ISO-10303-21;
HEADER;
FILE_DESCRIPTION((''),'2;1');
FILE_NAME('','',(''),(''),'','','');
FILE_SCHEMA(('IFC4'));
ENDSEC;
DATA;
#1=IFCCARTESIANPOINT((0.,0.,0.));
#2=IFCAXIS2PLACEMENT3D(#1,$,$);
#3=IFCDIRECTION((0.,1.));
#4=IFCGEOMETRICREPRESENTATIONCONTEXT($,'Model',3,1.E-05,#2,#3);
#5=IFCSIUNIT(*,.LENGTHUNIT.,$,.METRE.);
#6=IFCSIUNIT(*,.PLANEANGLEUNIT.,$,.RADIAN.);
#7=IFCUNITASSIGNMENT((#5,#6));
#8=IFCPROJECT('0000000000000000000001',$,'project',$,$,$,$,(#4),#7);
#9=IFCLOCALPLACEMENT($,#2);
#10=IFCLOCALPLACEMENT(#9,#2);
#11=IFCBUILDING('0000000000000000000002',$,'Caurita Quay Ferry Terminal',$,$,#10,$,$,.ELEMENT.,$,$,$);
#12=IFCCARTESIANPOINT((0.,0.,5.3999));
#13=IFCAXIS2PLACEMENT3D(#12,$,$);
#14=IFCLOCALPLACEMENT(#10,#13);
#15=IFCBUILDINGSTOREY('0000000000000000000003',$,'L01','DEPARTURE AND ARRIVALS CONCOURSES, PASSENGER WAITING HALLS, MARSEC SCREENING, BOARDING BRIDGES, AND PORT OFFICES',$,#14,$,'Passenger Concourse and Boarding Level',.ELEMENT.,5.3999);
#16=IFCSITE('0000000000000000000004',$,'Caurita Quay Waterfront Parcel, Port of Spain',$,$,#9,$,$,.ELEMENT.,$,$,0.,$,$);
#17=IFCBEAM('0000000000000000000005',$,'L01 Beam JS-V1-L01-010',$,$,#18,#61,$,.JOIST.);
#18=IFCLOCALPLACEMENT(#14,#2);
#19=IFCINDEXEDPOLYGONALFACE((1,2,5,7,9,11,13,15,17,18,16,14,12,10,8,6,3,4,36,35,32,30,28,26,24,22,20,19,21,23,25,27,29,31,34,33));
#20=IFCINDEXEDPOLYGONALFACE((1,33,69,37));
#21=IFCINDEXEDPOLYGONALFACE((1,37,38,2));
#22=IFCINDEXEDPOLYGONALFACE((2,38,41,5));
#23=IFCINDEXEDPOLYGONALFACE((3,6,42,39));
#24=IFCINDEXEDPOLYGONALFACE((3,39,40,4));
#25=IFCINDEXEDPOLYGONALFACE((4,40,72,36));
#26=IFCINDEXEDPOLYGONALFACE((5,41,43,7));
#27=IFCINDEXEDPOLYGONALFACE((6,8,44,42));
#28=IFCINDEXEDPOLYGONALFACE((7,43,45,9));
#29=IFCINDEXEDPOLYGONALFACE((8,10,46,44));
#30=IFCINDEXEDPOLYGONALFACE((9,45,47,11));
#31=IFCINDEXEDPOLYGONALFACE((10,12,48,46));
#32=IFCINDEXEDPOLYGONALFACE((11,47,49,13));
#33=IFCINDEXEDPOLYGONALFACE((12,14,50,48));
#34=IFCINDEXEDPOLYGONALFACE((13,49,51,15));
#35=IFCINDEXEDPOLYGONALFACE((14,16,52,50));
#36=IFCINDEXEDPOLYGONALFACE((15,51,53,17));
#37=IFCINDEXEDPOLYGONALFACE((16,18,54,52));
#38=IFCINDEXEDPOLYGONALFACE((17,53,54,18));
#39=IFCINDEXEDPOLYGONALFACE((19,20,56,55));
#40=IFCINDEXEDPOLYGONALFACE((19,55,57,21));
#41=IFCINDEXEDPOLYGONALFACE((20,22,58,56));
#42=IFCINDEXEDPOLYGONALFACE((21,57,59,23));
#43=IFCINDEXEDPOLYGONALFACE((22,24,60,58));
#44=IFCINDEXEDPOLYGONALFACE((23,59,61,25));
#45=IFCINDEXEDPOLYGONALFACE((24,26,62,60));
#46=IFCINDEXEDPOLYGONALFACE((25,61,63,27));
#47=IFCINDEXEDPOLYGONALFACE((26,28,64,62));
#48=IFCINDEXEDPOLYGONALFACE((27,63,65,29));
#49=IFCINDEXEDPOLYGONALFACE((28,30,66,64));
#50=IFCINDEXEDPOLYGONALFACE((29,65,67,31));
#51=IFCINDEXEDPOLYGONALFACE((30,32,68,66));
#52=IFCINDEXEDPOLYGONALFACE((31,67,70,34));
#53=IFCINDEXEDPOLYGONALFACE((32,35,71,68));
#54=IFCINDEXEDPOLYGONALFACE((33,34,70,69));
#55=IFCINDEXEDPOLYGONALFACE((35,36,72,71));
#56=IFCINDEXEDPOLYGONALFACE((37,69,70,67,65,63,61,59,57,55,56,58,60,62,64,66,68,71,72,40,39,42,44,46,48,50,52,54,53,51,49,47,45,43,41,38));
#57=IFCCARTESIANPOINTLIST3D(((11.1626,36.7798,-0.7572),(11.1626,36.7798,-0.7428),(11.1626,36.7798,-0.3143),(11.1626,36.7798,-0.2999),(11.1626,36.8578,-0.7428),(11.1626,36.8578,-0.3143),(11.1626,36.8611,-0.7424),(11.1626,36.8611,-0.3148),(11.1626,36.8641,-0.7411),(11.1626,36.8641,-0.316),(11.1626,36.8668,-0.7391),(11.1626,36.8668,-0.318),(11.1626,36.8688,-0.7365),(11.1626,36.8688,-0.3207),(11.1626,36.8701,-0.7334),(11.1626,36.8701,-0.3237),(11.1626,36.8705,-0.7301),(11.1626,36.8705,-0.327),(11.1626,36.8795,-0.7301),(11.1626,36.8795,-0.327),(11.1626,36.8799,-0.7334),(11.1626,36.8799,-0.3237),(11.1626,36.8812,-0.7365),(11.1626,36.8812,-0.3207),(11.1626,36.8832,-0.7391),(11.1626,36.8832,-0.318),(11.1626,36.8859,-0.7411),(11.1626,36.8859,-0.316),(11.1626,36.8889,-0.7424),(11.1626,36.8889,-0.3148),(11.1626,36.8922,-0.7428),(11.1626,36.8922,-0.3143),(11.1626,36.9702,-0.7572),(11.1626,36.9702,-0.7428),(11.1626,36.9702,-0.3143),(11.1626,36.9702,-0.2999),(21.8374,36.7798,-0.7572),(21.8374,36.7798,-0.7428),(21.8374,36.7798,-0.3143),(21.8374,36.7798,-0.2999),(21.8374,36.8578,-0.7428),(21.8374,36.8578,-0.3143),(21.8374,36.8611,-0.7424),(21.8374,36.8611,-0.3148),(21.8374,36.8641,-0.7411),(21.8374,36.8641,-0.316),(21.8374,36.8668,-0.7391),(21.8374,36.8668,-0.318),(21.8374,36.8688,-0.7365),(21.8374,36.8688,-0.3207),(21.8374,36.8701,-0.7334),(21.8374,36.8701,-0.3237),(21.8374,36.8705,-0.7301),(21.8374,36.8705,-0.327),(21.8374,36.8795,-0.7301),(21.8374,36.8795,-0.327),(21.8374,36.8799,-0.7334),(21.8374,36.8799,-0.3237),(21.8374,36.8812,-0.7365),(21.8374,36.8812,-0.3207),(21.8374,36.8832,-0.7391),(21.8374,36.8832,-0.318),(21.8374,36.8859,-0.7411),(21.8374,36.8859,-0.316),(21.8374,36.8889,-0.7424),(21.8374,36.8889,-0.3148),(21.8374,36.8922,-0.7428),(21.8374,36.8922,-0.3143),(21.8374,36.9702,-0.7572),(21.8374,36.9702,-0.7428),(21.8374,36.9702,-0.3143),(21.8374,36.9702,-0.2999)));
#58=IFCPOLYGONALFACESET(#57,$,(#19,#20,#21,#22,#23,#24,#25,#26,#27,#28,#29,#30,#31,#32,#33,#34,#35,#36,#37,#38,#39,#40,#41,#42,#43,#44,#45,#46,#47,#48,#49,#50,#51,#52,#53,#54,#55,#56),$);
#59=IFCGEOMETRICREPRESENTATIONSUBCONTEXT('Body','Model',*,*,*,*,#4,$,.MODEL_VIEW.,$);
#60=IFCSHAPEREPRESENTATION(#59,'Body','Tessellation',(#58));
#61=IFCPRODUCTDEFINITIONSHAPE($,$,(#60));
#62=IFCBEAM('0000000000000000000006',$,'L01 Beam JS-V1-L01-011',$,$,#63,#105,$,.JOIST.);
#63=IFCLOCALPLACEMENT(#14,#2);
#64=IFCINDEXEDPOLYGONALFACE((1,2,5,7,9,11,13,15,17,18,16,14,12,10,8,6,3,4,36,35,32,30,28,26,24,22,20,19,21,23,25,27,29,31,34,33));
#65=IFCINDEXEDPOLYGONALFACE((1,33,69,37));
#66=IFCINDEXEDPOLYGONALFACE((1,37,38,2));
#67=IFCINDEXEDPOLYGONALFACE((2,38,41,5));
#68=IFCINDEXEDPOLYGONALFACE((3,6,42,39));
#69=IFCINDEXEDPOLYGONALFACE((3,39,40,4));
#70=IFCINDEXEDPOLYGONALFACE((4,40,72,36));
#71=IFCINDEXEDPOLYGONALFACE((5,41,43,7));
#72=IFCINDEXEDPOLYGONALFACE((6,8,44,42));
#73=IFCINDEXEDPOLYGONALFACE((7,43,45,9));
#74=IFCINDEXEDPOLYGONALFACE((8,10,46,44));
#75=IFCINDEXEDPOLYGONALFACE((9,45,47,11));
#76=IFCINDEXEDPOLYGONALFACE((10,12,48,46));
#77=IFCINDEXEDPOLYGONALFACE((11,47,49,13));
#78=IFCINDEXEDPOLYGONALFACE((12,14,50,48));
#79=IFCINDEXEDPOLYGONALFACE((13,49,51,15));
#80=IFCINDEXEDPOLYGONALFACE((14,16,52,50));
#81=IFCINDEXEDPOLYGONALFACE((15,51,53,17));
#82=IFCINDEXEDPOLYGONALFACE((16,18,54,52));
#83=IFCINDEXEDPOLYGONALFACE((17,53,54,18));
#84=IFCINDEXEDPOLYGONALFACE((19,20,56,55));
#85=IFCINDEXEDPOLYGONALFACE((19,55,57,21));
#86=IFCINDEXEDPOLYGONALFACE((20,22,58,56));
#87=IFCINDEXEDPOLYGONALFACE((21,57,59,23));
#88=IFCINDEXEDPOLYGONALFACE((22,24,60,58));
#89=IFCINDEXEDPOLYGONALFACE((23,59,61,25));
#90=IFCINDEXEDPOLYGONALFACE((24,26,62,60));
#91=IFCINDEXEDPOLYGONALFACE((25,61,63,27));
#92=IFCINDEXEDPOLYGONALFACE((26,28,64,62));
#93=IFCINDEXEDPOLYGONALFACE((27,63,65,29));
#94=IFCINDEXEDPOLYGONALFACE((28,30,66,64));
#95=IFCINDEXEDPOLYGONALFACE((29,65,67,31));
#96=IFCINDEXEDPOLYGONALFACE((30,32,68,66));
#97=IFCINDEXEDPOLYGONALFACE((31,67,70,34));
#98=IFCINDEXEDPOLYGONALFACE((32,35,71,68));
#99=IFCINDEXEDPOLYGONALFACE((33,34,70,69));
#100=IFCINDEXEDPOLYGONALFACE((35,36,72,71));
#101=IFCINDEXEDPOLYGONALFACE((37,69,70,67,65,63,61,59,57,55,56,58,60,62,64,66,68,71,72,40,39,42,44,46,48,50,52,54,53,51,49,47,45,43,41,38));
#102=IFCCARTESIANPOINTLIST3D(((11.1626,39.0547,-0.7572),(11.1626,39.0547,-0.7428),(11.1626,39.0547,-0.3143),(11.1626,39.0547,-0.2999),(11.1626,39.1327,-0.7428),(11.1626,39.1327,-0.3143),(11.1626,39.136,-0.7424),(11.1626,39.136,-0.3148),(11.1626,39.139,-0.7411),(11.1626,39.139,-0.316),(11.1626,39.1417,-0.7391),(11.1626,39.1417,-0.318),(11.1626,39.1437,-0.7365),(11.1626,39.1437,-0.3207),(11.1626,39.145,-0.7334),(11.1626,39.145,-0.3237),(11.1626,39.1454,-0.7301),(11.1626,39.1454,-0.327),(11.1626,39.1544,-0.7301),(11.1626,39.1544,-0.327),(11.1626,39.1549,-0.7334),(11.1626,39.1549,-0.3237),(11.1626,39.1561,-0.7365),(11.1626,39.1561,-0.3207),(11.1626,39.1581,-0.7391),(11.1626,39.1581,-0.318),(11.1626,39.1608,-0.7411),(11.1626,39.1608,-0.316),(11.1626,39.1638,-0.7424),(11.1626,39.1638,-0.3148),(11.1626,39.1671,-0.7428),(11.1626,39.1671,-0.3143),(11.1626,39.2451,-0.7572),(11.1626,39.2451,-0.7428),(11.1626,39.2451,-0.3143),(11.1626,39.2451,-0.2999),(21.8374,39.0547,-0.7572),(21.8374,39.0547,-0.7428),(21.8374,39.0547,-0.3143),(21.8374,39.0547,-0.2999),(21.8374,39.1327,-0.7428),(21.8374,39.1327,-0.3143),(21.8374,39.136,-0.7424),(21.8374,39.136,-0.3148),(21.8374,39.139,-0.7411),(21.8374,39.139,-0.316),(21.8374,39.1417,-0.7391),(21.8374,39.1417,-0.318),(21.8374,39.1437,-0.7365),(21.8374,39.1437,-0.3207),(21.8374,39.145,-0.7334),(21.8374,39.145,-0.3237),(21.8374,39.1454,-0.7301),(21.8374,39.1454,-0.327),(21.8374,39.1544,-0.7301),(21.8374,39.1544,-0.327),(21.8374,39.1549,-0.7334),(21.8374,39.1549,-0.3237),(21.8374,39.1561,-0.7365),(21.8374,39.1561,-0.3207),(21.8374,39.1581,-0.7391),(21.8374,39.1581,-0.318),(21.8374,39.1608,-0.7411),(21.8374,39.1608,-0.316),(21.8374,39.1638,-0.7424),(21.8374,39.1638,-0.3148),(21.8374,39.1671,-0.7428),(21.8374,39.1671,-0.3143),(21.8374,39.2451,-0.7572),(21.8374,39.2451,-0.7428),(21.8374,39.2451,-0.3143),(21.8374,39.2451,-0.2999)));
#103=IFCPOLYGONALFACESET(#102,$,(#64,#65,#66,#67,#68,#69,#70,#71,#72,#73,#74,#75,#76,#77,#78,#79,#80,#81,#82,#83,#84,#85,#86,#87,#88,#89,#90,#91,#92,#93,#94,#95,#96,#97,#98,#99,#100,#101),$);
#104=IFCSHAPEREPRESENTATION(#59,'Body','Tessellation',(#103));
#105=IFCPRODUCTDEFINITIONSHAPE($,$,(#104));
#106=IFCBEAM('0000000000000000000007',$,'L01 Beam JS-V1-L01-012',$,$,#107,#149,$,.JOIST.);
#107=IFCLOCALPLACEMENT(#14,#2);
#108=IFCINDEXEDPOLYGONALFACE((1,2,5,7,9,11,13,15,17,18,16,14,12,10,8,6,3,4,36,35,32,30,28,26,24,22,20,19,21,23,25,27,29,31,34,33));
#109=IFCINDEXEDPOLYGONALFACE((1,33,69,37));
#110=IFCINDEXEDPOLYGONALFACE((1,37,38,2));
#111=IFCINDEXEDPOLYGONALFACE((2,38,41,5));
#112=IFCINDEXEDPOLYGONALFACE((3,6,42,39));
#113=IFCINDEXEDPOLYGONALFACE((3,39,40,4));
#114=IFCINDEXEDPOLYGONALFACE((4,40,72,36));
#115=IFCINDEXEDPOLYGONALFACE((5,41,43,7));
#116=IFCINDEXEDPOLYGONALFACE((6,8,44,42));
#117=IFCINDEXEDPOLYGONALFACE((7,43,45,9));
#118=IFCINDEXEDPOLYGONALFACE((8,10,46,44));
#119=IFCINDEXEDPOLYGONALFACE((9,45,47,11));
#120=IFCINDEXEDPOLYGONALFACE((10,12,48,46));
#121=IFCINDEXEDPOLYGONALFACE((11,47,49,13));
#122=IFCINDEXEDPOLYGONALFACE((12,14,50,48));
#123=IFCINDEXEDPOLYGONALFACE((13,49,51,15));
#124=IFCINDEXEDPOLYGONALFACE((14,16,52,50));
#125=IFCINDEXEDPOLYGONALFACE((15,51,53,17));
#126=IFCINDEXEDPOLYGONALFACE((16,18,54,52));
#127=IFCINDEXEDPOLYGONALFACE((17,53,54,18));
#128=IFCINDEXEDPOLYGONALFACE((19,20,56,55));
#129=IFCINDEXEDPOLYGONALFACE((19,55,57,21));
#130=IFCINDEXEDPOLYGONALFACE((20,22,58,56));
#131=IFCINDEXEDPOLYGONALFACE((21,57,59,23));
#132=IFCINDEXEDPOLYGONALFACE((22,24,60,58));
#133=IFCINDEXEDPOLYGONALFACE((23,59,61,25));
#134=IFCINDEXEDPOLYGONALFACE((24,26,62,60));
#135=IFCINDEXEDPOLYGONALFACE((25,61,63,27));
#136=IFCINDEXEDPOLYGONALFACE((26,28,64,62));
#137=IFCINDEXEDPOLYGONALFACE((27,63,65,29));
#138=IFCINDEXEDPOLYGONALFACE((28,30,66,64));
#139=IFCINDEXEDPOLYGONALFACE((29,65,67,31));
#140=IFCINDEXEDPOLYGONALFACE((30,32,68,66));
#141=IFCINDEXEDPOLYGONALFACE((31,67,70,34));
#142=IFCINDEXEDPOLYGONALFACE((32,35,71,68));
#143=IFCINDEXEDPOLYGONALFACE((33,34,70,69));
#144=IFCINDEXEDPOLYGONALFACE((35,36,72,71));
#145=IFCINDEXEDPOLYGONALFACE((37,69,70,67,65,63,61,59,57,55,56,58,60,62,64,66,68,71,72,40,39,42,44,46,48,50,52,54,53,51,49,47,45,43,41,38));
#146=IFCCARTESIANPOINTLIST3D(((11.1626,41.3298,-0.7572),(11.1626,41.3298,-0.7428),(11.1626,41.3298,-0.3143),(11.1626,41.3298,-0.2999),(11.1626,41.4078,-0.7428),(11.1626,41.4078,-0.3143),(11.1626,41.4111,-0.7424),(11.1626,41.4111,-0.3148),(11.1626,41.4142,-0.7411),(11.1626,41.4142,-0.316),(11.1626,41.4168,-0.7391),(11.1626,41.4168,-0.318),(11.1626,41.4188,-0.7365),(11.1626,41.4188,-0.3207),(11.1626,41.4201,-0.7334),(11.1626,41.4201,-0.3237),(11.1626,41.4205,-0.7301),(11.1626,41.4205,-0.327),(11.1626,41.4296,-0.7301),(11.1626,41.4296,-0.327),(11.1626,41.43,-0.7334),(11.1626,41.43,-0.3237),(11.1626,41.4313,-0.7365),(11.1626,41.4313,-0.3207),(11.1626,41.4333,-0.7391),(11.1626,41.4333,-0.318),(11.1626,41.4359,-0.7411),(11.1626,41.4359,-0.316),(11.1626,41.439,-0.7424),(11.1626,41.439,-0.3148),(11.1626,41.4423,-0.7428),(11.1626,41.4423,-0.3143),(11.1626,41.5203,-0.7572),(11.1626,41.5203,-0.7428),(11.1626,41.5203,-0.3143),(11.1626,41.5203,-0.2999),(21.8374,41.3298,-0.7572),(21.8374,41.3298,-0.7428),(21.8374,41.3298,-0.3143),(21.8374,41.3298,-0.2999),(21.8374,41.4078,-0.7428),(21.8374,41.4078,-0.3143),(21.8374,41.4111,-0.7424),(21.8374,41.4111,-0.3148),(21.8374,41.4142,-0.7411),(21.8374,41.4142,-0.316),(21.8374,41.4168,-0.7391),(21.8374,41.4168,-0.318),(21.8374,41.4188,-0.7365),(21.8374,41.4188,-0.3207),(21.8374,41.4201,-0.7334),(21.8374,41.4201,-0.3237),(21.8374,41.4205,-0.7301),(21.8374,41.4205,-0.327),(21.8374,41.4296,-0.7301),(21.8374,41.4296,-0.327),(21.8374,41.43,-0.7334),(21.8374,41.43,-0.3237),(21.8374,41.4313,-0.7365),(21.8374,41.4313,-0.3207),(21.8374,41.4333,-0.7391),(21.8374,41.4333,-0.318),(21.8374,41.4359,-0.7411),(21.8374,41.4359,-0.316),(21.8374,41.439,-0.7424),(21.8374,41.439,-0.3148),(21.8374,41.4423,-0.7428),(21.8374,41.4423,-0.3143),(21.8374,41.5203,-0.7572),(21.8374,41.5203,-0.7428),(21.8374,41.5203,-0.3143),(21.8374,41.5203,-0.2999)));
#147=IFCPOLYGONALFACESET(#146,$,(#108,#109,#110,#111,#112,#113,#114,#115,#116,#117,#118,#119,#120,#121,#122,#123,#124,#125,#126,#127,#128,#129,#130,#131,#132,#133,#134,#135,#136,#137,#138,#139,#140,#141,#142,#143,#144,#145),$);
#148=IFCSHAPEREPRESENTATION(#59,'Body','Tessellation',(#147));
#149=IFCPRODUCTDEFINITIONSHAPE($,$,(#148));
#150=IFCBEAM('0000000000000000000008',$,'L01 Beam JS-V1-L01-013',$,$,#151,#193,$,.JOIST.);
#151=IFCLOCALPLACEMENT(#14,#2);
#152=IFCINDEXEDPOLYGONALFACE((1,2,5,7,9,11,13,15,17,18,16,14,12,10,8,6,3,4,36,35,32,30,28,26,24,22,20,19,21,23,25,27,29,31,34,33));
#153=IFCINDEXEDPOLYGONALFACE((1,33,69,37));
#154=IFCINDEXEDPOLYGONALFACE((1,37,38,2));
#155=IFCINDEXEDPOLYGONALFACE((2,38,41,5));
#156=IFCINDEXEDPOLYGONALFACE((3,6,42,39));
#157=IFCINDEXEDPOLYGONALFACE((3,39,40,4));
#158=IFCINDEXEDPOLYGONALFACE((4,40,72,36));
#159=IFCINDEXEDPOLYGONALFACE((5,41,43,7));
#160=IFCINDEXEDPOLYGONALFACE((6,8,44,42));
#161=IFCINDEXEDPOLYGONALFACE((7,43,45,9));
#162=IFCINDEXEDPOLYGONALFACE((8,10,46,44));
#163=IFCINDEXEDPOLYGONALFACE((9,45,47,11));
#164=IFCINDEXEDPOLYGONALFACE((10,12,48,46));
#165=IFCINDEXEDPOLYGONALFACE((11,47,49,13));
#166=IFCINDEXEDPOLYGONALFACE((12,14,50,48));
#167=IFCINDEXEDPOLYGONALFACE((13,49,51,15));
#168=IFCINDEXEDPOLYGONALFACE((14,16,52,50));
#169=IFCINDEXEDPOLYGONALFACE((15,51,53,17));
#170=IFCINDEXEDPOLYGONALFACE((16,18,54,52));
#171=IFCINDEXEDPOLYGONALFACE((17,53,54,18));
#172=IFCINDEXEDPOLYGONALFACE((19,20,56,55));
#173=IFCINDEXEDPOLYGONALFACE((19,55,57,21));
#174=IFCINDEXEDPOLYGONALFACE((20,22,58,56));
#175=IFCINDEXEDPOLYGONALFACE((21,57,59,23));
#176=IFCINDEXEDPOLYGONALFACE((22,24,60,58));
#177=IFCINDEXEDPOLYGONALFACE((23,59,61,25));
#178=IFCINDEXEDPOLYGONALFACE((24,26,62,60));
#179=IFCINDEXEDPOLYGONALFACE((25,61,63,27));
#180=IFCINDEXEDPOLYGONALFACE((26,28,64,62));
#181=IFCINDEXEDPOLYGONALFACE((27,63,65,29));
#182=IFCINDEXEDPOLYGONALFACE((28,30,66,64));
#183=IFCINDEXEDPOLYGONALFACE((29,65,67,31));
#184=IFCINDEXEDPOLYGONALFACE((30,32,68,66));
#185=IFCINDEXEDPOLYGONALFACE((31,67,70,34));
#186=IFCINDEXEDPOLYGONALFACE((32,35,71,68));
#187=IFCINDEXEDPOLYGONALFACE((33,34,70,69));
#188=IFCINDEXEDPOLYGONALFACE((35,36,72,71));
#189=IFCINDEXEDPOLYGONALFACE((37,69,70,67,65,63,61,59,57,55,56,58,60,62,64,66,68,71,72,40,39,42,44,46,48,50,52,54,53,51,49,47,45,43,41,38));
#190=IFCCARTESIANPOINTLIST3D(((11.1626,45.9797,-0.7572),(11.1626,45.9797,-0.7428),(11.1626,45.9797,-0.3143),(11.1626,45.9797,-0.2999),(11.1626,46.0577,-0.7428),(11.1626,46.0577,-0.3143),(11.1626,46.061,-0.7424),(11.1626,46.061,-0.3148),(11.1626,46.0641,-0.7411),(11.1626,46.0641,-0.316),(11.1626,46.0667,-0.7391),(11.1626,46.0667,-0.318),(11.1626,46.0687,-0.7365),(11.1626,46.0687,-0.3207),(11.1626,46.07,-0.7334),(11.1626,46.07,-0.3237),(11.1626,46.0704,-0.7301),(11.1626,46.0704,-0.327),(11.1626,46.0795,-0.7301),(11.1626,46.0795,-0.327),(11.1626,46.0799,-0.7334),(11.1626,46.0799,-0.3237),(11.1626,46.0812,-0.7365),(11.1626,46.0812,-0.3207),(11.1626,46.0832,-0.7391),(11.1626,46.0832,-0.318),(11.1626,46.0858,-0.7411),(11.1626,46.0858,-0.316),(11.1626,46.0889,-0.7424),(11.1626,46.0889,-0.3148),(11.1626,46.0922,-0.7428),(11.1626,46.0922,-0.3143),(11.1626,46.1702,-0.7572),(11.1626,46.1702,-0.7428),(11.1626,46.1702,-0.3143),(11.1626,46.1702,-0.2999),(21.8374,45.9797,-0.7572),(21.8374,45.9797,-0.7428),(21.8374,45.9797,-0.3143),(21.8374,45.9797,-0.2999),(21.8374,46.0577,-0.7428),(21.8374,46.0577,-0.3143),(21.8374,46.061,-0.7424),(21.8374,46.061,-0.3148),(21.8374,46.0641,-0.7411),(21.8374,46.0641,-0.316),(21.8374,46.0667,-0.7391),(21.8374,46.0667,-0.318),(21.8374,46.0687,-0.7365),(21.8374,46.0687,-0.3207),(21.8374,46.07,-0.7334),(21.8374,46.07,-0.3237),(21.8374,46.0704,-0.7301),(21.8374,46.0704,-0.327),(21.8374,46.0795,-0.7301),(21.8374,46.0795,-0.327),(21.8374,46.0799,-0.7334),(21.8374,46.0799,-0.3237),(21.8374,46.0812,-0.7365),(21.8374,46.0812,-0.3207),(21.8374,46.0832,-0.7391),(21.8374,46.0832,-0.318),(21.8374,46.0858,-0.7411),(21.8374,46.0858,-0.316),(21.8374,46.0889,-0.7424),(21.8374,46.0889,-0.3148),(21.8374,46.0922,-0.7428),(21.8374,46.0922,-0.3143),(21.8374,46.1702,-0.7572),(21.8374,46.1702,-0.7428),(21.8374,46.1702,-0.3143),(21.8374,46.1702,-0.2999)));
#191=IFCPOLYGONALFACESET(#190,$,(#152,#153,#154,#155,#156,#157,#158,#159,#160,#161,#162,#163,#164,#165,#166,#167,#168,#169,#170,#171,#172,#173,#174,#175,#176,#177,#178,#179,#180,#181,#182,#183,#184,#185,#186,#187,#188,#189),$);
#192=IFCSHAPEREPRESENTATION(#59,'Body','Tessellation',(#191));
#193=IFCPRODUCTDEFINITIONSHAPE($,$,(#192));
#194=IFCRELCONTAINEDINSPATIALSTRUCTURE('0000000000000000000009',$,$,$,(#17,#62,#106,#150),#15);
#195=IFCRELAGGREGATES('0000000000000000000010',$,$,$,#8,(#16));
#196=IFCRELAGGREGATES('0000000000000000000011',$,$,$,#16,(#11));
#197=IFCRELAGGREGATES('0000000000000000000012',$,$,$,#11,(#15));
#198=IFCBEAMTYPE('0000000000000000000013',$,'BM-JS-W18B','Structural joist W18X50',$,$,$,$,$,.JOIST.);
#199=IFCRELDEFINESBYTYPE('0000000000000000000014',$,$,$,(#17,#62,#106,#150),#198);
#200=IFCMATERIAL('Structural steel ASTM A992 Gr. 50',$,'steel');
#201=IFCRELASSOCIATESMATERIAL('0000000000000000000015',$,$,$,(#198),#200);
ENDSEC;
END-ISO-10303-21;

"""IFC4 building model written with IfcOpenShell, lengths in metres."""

from ifc_helpers import new_model, si_unit, direction, frame, origin, origin_2d, place, context, subcontext, project, spatial, i_section, extrude, material, material_profile, profile_set, type_object, element, save


model = new_model("IFC4")

# Units and contexts
model_context = context("Model", 3, precision=1e-05, world=origin(), true_north=direction((0.0, 1.0)))
body_context = subcontext(model_context, "Body", "Model", "MODEL_VIEW")
ifc_project = project(units=[si_unit("LENGTHUNIT", "METRE"), si_unit("PLANEANGLEUNIT", "RADIAN")], contexts=[model_context])

# Site, building, storey
site_placement = place(None, origin())
site = spatial("IfcSite", under=ifc_project, at=site_placement, Name="Caurita Quay Waterfront Parcel, Port of Spain", CompositionType="ELEMENT", RefElevation=0.0)
building_placement = place(site_placement, origin())
building = spatial("IfcBuilding", under=site, at=building_placement, Name="Caurita Quay Ferry Terminal", CompositionType="ELEMENT")
storey_placement = place(building_placement, frame((0.0, 0.0, 5.3999)))
storey = spatial("IfcBuildingStorey", under=building, at=storey_placement, Name="L01", Description="DEPARTURE AND ARRIVALS CONCOURSES, PASSENGER WAITING HALLS, MARSEC SCREENING, BOARDING BRIDGES, AND PORT OFFICES", LongName="Passenger Concourse and Boarding Level", CompositionType="ELEMENT", Elevation=5.3999)

# Beams
ifc_material_1 = material(Name="Structural steel ASTM A992 Gr. 50", Category="steel")
ifc_material_profile_1 = material_profile(ifc_material_1, i_section(OverallWidth=0.1904, OverallDepth=0.4573, WebThickness=0.009, FlangeThickness=0.0144, FilletRadius=0.0127, at=origin_2d()), Name="W18X50")
ifc_profile_set_1 = profile_set([ifc_material_profile_1], Name="Structural steel ASTM A992 Gr. 50")
beam_type_1 = type_object("IfcBeamType", Name="BM-JS-W18B", Description="Structural joist W18X50", PredefinedType="JOIST", material=ifc_profile_set_1)
for number, where, z_axis, x_axis, name in (
    (1, (11.1626, 36.875, -0.5286), (1.0, 0.0, 0.0), (0.0, 1.0, 0.0), "L01 Beam JS-V1-L01-010"),
    (2, (11.1626, 39.1499, -0.5286), (1.0, 0.0, 0.0), (0.0, 1.0, 0.0), "L01 Beam JS-V1-L01-011"),
    (3, (11.1626, 41.425, -0.5286), (1.0, 0.0, 0.0), (0.0, 1.0, 0.0), "L01 Beam JS-V1-L01-012"),
    (4, (11.1626, 46.075, -0.5286), (1.0, 0.0, 0.0), (0.0, 1.0, 0.0), "L01 Beam JS-V1-L01-013"),
):
    element("IfcBeam", number, at=place(storey_placement, frame(where, z_axis=z_axis, x_axis=x_axis)), inside=storey, type_object=beam_type_1, Name=name, PredefinedType="JOIST", context=body_context, shape_type="SweptSolid", body=[
        extrude(i_section(OverallWidth=0.1904, OverallDepth=0.4573, WebThickness=0.009, FlangeThickness=0.0144, FilletRadius=0.0127, at=origin_2d()), origin(), (0.0, 0.0, 1.0), 10.6748),
    ])

save(model, "model.ifc")
